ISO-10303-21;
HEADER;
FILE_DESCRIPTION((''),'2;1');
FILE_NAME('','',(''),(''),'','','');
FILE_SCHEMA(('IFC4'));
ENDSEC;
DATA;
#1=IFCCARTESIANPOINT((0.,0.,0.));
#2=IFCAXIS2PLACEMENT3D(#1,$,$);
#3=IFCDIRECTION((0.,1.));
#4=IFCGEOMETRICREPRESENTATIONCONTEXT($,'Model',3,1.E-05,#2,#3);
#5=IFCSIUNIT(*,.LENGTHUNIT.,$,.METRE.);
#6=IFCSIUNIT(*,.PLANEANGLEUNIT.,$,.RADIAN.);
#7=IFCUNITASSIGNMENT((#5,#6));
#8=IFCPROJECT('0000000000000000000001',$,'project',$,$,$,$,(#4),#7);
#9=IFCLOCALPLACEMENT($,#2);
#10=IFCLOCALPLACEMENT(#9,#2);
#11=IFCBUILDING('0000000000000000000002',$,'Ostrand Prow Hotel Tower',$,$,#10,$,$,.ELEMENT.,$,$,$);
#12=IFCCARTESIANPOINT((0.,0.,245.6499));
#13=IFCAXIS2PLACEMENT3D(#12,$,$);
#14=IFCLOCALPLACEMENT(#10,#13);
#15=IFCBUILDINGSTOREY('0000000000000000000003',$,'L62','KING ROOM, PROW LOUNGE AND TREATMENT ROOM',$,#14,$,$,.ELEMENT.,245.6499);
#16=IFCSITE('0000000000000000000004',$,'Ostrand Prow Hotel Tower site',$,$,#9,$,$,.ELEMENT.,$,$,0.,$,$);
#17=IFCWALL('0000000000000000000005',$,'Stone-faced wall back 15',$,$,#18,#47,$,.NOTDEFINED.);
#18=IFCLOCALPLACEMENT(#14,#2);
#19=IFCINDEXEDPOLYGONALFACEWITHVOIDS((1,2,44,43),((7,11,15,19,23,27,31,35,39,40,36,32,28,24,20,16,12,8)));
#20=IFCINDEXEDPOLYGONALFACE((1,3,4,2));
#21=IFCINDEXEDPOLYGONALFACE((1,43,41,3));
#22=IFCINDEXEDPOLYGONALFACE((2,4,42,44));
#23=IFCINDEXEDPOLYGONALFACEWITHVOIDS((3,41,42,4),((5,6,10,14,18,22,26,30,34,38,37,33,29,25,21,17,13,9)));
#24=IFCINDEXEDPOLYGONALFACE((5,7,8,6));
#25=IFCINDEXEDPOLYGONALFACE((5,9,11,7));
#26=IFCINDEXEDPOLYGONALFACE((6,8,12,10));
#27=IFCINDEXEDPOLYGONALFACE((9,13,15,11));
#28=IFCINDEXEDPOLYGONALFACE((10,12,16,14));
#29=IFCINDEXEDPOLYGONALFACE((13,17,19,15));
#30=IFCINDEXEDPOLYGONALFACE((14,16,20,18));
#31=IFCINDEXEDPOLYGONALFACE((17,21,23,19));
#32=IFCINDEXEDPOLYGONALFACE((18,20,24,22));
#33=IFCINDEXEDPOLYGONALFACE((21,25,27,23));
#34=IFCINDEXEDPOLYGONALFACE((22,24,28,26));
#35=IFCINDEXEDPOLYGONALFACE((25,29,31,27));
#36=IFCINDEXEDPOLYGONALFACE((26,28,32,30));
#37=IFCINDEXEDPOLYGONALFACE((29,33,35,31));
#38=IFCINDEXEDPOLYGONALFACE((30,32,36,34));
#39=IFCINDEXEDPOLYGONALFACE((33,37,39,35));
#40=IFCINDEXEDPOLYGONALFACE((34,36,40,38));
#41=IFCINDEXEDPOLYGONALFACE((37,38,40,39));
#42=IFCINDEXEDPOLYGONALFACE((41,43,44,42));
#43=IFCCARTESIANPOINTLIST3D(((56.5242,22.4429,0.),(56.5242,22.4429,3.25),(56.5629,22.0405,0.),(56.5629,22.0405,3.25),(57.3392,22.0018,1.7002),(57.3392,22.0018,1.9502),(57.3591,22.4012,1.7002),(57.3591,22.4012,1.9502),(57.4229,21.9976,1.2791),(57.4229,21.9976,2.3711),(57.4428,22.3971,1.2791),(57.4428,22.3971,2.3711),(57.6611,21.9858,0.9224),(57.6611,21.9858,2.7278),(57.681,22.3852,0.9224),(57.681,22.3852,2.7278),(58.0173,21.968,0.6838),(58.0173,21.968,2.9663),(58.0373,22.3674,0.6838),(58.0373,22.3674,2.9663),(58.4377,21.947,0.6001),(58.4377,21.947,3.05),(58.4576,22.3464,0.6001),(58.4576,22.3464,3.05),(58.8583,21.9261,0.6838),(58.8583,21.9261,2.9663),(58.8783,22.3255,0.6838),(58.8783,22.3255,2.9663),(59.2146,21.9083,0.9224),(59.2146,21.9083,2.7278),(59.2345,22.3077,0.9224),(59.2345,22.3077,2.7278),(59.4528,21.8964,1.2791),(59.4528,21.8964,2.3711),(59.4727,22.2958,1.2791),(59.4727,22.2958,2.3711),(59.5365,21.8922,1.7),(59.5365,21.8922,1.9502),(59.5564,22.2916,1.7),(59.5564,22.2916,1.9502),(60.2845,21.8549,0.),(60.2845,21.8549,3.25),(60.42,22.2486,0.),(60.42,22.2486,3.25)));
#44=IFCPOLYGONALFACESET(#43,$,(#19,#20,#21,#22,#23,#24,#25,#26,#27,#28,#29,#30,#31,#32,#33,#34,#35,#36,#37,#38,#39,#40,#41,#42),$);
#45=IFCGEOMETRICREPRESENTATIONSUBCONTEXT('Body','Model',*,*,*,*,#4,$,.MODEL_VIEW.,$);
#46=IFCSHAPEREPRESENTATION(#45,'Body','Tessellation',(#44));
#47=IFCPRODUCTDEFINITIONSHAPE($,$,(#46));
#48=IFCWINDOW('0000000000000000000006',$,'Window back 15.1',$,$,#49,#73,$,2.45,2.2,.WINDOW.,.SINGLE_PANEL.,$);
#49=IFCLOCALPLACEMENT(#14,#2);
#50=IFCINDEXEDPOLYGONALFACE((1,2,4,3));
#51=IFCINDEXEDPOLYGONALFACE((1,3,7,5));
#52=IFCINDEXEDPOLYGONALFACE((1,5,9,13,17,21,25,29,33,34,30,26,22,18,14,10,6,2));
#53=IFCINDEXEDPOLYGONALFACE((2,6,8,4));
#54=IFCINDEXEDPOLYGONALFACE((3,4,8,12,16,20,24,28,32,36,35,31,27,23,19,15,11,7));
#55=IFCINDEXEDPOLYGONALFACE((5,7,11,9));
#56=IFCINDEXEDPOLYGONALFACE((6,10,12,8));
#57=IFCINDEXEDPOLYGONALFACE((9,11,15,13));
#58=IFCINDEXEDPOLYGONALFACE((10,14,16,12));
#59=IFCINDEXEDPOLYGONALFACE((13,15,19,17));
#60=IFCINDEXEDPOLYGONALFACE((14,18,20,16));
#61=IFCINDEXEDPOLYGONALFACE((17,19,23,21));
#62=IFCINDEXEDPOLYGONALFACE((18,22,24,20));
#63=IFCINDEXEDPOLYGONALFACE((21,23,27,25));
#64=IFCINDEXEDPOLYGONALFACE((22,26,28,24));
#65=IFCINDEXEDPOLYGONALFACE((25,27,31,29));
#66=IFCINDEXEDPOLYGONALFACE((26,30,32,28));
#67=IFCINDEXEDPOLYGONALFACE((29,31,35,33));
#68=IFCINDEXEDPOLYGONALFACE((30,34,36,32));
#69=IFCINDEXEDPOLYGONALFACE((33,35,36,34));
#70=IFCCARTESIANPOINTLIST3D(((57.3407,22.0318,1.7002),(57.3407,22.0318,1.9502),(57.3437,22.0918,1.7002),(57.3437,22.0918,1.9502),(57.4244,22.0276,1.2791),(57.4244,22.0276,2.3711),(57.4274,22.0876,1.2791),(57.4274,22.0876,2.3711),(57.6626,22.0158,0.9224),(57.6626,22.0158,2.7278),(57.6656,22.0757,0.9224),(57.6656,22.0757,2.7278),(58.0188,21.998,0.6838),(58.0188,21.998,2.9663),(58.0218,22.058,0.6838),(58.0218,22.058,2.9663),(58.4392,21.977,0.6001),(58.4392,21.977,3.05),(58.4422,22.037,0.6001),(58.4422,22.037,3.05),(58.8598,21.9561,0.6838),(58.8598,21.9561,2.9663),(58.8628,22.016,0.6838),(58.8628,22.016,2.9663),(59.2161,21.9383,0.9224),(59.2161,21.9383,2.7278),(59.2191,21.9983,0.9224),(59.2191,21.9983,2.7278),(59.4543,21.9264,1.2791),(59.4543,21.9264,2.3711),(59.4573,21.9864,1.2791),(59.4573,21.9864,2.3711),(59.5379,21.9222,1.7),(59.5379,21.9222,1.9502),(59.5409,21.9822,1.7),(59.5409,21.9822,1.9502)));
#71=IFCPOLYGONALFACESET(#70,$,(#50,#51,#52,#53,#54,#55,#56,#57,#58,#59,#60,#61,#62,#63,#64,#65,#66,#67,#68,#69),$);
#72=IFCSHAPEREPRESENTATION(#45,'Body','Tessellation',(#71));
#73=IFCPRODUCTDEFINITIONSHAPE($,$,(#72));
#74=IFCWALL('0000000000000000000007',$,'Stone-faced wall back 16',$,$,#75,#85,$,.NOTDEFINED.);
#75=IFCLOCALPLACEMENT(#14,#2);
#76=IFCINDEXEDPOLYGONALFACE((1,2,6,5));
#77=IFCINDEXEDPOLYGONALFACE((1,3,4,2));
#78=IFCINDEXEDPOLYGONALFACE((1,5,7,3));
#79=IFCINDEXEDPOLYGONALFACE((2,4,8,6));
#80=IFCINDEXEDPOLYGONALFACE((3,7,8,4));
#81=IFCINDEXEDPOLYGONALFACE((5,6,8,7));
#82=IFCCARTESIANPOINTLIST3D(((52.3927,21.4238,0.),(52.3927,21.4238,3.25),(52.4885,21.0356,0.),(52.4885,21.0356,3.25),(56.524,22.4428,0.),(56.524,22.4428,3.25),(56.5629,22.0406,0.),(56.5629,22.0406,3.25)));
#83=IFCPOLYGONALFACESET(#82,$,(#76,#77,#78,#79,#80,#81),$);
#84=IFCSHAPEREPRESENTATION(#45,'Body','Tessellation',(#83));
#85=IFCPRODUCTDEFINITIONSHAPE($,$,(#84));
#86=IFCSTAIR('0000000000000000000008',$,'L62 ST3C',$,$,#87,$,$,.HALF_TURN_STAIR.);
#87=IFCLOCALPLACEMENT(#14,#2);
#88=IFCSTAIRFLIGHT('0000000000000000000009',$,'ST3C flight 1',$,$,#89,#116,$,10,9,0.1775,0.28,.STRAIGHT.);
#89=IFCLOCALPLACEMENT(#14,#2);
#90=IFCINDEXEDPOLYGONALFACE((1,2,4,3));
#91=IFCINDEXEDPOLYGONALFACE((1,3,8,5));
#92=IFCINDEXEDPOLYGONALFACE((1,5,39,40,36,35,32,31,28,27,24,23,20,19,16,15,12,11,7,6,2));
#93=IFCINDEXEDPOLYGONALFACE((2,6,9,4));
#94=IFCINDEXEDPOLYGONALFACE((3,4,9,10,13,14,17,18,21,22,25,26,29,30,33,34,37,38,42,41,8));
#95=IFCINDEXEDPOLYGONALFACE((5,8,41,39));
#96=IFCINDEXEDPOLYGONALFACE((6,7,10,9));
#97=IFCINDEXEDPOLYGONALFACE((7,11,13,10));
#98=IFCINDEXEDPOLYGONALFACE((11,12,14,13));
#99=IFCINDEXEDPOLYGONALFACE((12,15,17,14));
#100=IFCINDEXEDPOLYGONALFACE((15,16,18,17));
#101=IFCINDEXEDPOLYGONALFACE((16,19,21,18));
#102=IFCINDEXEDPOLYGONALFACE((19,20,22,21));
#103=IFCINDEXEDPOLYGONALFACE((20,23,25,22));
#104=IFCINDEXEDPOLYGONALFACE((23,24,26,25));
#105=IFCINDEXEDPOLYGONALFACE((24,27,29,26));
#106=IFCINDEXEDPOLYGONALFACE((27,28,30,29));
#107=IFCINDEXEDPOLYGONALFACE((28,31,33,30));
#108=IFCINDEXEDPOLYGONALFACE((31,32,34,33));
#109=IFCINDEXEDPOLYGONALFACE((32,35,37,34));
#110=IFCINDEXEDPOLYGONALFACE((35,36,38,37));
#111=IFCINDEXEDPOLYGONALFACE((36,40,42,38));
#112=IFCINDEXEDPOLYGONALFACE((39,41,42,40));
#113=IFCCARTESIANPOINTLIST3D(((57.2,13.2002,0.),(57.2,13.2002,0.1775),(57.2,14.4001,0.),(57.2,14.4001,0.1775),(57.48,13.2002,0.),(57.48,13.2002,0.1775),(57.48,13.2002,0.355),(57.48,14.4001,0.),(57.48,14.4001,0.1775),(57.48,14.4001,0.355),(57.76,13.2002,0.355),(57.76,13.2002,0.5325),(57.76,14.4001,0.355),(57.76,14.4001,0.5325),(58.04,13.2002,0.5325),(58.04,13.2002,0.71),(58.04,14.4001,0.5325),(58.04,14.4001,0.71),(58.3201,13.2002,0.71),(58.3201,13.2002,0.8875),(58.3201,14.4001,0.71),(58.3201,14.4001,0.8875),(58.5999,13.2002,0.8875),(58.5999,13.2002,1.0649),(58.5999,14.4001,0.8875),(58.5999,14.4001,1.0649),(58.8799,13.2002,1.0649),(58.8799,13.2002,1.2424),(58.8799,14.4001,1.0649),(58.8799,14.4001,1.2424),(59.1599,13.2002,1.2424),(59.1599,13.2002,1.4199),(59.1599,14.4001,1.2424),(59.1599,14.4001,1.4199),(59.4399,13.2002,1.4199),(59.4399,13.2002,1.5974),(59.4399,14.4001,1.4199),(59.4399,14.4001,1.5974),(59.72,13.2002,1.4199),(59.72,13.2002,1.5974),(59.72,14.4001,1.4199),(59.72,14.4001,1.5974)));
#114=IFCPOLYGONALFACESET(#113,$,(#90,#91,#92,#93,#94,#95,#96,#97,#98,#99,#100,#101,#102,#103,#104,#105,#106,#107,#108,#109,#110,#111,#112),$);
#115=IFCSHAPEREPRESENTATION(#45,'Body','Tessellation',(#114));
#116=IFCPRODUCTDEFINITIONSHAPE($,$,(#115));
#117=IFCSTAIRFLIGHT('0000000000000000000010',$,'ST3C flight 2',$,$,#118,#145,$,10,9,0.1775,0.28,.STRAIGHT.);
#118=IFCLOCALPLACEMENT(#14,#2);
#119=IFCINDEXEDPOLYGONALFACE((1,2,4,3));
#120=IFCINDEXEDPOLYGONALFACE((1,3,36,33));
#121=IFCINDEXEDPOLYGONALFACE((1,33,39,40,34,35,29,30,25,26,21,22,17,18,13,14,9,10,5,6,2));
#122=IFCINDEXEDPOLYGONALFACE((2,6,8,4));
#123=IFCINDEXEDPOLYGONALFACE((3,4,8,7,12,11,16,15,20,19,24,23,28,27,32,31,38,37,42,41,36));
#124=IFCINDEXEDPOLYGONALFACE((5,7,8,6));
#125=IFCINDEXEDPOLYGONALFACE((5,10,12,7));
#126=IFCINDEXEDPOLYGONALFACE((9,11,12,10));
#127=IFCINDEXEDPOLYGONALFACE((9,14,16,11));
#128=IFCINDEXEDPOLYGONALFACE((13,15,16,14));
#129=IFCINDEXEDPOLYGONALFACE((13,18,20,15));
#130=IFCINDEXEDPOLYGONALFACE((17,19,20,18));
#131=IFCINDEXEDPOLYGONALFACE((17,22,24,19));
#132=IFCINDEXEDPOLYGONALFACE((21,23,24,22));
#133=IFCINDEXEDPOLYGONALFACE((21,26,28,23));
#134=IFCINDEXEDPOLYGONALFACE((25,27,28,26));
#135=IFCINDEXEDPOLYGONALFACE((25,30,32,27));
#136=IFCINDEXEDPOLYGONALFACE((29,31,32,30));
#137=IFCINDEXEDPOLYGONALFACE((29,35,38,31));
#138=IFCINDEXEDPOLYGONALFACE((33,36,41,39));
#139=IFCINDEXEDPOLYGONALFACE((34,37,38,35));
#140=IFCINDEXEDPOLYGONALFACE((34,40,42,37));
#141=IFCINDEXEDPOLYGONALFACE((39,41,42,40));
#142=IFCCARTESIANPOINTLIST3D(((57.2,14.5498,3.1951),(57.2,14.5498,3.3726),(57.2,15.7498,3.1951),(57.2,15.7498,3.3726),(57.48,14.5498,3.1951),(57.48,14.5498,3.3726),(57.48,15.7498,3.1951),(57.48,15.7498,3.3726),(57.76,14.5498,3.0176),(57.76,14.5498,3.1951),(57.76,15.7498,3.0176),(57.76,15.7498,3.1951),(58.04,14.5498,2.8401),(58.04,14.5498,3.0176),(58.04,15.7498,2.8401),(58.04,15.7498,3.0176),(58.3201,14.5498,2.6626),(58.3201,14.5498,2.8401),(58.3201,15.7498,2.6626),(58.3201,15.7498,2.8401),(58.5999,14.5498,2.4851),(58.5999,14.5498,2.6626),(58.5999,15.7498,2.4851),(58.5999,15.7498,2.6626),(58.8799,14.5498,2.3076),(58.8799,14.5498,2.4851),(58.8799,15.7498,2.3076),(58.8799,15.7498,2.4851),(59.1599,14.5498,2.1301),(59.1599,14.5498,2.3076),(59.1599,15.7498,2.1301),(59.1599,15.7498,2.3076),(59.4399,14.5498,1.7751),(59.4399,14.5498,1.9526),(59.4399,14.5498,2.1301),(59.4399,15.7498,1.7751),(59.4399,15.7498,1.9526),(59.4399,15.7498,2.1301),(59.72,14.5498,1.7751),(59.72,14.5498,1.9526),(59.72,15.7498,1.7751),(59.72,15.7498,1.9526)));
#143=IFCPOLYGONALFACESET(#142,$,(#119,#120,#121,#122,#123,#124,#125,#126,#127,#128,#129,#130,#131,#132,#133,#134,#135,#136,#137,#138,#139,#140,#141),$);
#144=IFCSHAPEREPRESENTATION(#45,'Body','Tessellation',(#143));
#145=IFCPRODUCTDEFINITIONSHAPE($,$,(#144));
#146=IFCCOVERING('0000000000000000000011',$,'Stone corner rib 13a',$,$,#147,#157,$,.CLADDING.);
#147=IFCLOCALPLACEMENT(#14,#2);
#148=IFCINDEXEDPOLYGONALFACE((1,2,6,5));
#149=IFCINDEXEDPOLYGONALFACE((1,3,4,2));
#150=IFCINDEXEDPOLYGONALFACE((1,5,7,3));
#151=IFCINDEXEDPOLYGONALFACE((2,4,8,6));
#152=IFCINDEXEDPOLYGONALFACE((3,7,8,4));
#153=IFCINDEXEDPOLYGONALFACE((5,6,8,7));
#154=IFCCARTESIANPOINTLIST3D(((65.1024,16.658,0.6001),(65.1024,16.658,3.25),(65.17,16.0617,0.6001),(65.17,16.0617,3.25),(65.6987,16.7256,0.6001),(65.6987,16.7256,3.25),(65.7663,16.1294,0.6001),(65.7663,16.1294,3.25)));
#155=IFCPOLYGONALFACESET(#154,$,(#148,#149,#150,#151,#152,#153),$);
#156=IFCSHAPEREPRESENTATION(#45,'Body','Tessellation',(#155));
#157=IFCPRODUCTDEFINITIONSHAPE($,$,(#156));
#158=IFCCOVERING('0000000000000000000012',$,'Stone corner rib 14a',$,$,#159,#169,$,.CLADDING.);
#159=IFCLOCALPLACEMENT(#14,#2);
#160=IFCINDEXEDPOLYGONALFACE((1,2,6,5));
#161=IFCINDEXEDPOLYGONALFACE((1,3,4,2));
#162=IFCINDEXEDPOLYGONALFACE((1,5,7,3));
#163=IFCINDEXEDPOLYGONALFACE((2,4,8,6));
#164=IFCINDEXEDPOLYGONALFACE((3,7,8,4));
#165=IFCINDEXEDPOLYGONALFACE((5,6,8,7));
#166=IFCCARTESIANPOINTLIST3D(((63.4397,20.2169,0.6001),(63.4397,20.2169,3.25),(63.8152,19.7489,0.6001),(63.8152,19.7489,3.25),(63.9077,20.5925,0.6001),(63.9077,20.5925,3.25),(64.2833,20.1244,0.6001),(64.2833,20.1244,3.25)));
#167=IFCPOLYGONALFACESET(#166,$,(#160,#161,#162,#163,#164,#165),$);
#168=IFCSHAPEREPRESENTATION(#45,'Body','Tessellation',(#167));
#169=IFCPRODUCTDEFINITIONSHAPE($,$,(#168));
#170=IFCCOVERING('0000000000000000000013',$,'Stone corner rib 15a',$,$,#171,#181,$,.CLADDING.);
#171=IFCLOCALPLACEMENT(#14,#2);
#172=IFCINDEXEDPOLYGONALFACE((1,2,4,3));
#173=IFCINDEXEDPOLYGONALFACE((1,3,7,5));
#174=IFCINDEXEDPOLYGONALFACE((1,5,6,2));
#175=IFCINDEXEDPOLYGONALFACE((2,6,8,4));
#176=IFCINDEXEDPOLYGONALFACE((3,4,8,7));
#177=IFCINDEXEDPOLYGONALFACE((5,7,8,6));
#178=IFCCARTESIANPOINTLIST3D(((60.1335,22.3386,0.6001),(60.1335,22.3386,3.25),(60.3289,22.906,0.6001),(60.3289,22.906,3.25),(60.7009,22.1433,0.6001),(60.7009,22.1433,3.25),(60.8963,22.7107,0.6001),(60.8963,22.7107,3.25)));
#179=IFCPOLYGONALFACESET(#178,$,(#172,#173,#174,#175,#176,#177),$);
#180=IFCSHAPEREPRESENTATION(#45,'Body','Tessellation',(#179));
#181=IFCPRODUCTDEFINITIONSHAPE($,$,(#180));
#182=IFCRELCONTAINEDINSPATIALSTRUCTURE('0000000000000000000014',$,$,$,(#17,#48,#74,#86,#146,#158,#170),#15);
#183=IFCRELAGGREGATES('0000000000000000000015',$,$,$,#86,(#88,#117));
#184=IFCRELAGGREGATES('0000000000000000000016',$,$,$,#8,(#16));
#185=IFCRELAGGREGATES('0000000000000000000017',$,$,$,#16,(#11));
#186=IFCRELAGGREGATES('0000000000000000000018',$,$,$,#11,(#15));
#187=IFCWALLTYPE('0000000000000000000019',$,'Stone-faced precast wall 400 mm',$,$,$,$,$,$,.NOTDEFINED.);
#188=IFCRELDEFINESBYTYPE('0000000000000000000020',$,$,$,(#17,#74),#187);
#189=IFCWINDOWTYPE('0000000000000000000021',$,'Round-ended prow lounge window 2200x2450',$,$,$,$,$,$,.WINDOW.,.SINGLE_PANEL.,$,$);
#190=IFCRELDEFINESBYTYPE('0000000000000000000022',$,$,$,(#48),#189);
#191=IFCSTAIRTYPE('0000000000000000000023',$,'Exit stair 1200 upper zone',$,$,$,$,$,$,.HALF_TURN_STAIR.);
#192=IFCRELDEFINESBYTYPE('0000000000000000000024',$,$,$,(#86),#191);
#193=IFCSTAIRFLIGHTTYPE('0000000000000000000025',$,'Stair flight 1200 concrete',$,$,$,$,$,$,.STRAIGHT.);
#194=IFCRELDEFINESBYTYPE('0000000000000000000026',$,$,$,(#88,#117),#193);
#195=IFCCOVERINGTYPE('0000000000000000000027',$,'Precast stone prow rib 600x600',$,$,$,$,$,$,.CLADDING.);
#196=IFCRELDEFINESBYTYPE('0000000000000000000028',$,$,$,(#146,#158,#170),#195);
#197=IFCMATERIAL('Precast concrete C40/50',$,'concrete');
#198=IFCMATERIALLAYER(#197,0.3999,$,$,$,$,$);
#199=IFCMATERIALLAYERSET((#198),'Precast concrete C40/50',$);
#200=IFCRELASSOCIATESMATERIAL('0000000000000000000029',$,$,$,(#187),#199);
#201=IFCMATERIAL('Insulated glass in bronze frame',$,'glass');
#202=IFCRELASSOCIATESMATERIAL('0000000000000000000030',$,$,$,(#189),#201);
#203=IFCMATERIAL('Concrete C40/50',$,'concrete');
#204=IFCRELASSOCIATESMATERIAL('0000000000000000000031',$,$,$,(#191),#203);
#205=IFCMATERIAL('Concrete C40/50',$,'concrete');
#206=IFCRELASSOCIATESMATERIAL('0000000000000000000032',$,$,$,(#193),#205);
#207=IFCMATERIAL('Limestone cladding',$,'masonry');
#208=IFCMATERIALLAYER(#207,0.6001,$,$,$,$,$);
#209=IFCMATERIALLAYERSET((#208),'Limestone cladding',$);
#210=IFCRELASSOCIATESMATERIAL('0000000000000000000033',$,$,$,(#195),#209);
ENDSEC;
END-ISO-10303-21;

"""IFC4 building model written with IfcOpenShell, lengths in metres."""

from ifc_helpers import new_model, si_unit, direction, frame, frame_2d, origin, place, context, subcontext, project, spatial, polyline, rectangle, outline, extrude, material, layer, layer_set, type_object, element, fill, aggregate, save


model = new_model("IFC4")

# Units and contexts
model_context = context("Model", 3, precision=1e-05, world=origin(), true_north=direction((0.0, 1.0)))
body_context = subcontext(model_context, "Body", "Model", "MODEL_VIEW")
ifc_project = project(units=[si_unit("LENGTHUNIT", "METRE"), si_unit("PLANEANGLEUNIT", "RADIAN")], contexts=[model_context])

# Site, building, storey
site_placement = place(None, origin())
site = spatial("IfcSite", under=ifc_project, at=site_placement, Name="Ostrand Prow Hotel Tower site", CompositionType="ELEMENT", RefElevation=0.0)
building_placement = place(site_placement, origin())
building = spatial("IfcBuilding", under=site, at=building_placement, Name="Ostrand Prow Hotel Tower", CompositionType="ELEMENT")
storey_placement = place(building_placement, frame((0.0, 0.0, 245.6499)))
storey = spatial("IfcBuildingStorey", under=building, at=storey_placement, Name="L62", Description="KING ROOM, PROW LOUNGE AND TREATMENT ROOM", CompositionType="ELEMENT", Elevation=245.6499)

# Wall, opening, window
ifc_material_1 = material(Name="Precast concrete C40/50", Category="concrete")
ifc_layer_1 = layer(ifc_material_1, 0.3999)
ifc_layer_set_1 = layer_set([ifc_layer_1], Name="Precast concrete C40/50")
wall_type = type_object("IfcWallType", Name="Stone-faced precast wall 400 mm", PredefinedType="NOTDEFINED", material=ifc_layer_set_1)
ifc_material_2 = material(Name="Insulated glass in bronze frame", Category="glass")
window_type = type_object("IfcWindowType", Name="Round-ended prow lounge window 2200x2450", PartitioningType="SINGLE_PANEL", PredefinedType="WINDOW", material=ifc_material_2)
wall_1_placement = place(storey_placement, frame((60.3523, 22.0518, 0.0), z_axis=(0.0, 0.0, 1.0), x_axis=(-0.998759, 0.049807, 0.0)))
wall_1 = element("IfcWall", 1, at=wall_1_placement, inside=storey, type_object=wall_type, Name="Stone-faced wall back 15", PredefinedType="NOTDEFINED", context=body_context, shape_type="SweptSolid", body=[
    extrude(outline(polyline([(-0.0579, -0.2), (3.8428, -0.2), (3.7842, 0.2), (0.0579, 0.2), (-0.0579, -0.2)])), origin(), (0.0, 0.0, 1.0), 3.25),
])
opening_1_placement = place(wall_1_placement, frame((0.8069, 0.0, 0.6001)))
opening_1 = element("IfcOpeningElement", 2, at=opening_1_placement, cuts=wall_1, PredefinedType="OPENING", context=body_context, shape_type="SweptSolid", body=[
    extrude(outline(polyline([(0.0, 1.3501), (0.0837, 1.771), (0.3223, 2.1277), (0.679, 2.3662), (1.1001, 2.45), (1.521, 2.3662), (1.8777, 2.1277), (2.1162, 1.771), (2.2, 1.3501), (2.2, 1.1001), (2.1162, 0.679), (1.8777, 0.3223), (1.521, 0.0837), (1.1001, 0.0), (0.679, 0.0837), (0.3223, 0.3223), (0.0837, 0.679), (0.0, 1.0999), (0.0, 1.3501)])), frame((0.0, 0.21, 0.0), z_axis=(0.0, -1.0, 0.0), x_axis=(1.0, 0.0, 0.0)), (0.0, 0.0, 1.0), 0.4199),
])
window_1_placement = place(opening_1_placement, origin())
window_1 = element("IfcWindow", 3, at=window_1_placement, inside=storey, type_object=window_type, Name="Window back 15.1", OverallHeight=2.45, OverallWidth=2.2, PartitioningType="SINGLE_PANEL", PredefinedType="WINDOW", context=body_context, shape_type="SweptSolid", body=[
    extrude(outline(polyline([(0.0, 1.3501), (0.0837, 1.771), (0.3223, 2.1277), (0.679, 2.3662), (1.1001, 2.45), (1.521, 2.3662), (1.8777, 2.1277), (2.1162, 1.771), (2.2, 1.3501), (2.2, 1.1001), (2.1162, 0.679), (1.8777, 0.3223), (1.521, 0.0837), (1.1001, 0.0), (0.679, 0.0837), (0.3223, 0.3223), (0.0837, 0.679), (0.0, 1.0999), (0.0, 1.3501)])), frame((0.0, 0.1699, 0.0), z_axis=(0.0, -1.0, 0.0), x_axis=(1.0, 0.0, 0.0)), (0.0, 0.0, 1.0), 0.0601),
])
fill(opening_1, window_1)

# Wall
wall_2_placement = place(storey_placement, frame((56.5435, 22.2417, 0.0), z_axis=(0.0, 0.0, 1.0), x_axis=(-0.970902, -0.239476, 0.0)))
element("IfcWall", 4, at=wall_2_placement, inside=storey, type_object=wall_type, Name="Stone-faced wall back 16", PredefinedType="NOTDEFINED", context=body_context, shape_type="SweptSolid", body=[
    extrude(outline(polyline([(-0.0293, -0.2), (4.2258, -0.2), (4.2258, 0.2), (0.0293, 0.2), (-0.0293, -0.2)])), origin(), (0.0, 0.0, 1.0), 3.25),
])

# Stair, stair flights
ifc_material_3 = material(Name="Concrete C40/50", Category="concrete")
stair_type = type_object("IfcStairType", Name="Exit stair 1200 upper zone", PredefinedType="HALF_TURN_STAIR", material=ifc_material_3)
stair_placement = place(storey_placement, origin())
stair = element("IfcStair", 5, at=stair_placement, inside=storey, type_object=stair_type, Name="L62 ST3C", PredefinedType="HALF_TURN_STAIR")
ifc_material_4 = material(Name="Concrete C40/50", Category="concrete")
stair_flight_type = type_object("IfcStairFlightType", Name="Stair flight 1200 concrete", PredefinedType="STRAIGHT", material=ifc_material_4)
stair_flight_1_placement = place(storey_placement, frame((57.2, 13.8, 0.0), z_axis=(0.0, 0.0, 1.0), x_axis=(1.0, 0.0, 0.0)))
stair_flight_1 = element("IfcStairFlight", 6, at=stair_flight_1_placement, type_object=stair_flight_type, Name="ST3C flight 1", NumberOfRisers=10, NumberOfTreads=9, PredefinedType="STRAIGHT", RiserHeight=0.1775, TreadLength=0.28, context=body_context, shape_type="SweptSolid", body=[
    extrude(outline(polyline([(0.0, 0.0), (0.0, 0.1775), (0.28, 0.1775), (0.28, 0.355), (0.5601, 0.355), (0.5601, 0.5325), (0.8401, 0.5325), (0.8401, 0.71), (1.1201, 0.71), (1.1201, 0.8875), (1.3999, 0.8875), (1.3999, 1.0649), (1.6799, 1.0649), (1.6799, 1.2424), (1.96, 1.2424), (1.96, 1.4199), (2.24, 1.4199), (2.24, 1.5974), (2.52, 1.5974), (2.52, 1.7749), (2.52, 1.4199), (0.28, 0.0), (0.0, 0.0)])), frame((0.0, 0.6001, 0.0), z_axis=(0.0, -1.0, 0.0), x_axis=(1.0, 0.0, 0.0)), (0.0, 0.0, 1.0), 1.2),
])
stair_flight_2_placement = place(storey_placement, frame((59.72, 15.1499, 1.7751), z_axis=(0.0, 0.0, 1.0), x_axis=(-1.0, 0.0, 0.0)))
stair_flight_2 = element("IfcStairFlight", 7, at=stair_flight_2_placement, type_object=stair_flight_type, Name="ST3C flight 2", NumberOfRisers=10, NumberOfTreads=9, PredefinedType="STRAIGHT", RiserHeight=0.1775, TreadLength=0.28, context=body_context, shape_type="SweptSolid", body=[
    extrude(outline(polyline([(0.0, 0.0), (0.0, 0.1775), (0.28, 0.1775), (0.28, 0.355), (0.5601, 0.355), (0.5601, 0.5325), (0.8401, 0.5325), (0.8401, 0.71), (1.1201, 0.71), (1.1201, 0.8875), (1.3999, 0.8875), (1.3999, 1.0649), (1.6799, 1.0649), (1.6799, 1.2424), (1.96, 1.2424), (1.96, 1.4199), (2.24, 1.4199), (2.24, 1.5974), (2.52, 1.5974), (2.52, 1.7749), (2.52, 1.4199), (0.28, 0.0), (0.0, 0.0)])), frame((0.0, 0.6001, 0.0), z_axis=(0.0, -1.0, 0.0), x_axis=(1.0, 0.0, 0.0)), (0.0, 0.0, 1.0), 1.2),
])
aggregate(stair, [stair_flight_1, stair_flight_2])

# Coverings
ifc_material_5 = material(Name="Limestone cladding", Category="masonry")
ifc_layer_2 = layer(ifc_material_5, 0.6001)
ifc_layer_set_2 = layer_set([ifc_layer_2], Name="Limestone cladding")
covering_type = type_object("IfcCoveringType", Name="Precast stone prow rib 600x600", PredefinedType="CLADDING", material=ifc_layer_set_2)
for number, where, z_axis, x_axis, name in (
    (8, (65.1362, 16.3599, 0.6001), (0.0, 0.0, 1.0), (0.993628, 0.112709, 0.0), "Stone corner rib 13a"),
    (9, (63.6274, 19.9829, 0.6001), (0.0, 0.0, 1.0), (0.779995, 0.625786, 0.0), "Stone corner rib 14a"),
    (10, (60.4172, 22.241, 0.6001), (0.0, 0.0, 1.0), (0.325489, 0.945546, 0.0), "Stone corner rib 15a"),
):
    element("IfcCovering", number, at=place(storey_placement, frame(where, z_axis=z_axis, x_axis=x_axis)), inside=storey, type_object=covering_type, Name=name, PredefinedType="CLADDING", context=body_context, shape_type="SweptSolid", body=[
        extrude(rectangle(XDim=0.6001, YDim=0.6001, at=frame_2d((0.3, 0.0))), origin(), (0.0, 0.0, 1.0), 2.6499),
    ])

save(model, "model.ifc")
